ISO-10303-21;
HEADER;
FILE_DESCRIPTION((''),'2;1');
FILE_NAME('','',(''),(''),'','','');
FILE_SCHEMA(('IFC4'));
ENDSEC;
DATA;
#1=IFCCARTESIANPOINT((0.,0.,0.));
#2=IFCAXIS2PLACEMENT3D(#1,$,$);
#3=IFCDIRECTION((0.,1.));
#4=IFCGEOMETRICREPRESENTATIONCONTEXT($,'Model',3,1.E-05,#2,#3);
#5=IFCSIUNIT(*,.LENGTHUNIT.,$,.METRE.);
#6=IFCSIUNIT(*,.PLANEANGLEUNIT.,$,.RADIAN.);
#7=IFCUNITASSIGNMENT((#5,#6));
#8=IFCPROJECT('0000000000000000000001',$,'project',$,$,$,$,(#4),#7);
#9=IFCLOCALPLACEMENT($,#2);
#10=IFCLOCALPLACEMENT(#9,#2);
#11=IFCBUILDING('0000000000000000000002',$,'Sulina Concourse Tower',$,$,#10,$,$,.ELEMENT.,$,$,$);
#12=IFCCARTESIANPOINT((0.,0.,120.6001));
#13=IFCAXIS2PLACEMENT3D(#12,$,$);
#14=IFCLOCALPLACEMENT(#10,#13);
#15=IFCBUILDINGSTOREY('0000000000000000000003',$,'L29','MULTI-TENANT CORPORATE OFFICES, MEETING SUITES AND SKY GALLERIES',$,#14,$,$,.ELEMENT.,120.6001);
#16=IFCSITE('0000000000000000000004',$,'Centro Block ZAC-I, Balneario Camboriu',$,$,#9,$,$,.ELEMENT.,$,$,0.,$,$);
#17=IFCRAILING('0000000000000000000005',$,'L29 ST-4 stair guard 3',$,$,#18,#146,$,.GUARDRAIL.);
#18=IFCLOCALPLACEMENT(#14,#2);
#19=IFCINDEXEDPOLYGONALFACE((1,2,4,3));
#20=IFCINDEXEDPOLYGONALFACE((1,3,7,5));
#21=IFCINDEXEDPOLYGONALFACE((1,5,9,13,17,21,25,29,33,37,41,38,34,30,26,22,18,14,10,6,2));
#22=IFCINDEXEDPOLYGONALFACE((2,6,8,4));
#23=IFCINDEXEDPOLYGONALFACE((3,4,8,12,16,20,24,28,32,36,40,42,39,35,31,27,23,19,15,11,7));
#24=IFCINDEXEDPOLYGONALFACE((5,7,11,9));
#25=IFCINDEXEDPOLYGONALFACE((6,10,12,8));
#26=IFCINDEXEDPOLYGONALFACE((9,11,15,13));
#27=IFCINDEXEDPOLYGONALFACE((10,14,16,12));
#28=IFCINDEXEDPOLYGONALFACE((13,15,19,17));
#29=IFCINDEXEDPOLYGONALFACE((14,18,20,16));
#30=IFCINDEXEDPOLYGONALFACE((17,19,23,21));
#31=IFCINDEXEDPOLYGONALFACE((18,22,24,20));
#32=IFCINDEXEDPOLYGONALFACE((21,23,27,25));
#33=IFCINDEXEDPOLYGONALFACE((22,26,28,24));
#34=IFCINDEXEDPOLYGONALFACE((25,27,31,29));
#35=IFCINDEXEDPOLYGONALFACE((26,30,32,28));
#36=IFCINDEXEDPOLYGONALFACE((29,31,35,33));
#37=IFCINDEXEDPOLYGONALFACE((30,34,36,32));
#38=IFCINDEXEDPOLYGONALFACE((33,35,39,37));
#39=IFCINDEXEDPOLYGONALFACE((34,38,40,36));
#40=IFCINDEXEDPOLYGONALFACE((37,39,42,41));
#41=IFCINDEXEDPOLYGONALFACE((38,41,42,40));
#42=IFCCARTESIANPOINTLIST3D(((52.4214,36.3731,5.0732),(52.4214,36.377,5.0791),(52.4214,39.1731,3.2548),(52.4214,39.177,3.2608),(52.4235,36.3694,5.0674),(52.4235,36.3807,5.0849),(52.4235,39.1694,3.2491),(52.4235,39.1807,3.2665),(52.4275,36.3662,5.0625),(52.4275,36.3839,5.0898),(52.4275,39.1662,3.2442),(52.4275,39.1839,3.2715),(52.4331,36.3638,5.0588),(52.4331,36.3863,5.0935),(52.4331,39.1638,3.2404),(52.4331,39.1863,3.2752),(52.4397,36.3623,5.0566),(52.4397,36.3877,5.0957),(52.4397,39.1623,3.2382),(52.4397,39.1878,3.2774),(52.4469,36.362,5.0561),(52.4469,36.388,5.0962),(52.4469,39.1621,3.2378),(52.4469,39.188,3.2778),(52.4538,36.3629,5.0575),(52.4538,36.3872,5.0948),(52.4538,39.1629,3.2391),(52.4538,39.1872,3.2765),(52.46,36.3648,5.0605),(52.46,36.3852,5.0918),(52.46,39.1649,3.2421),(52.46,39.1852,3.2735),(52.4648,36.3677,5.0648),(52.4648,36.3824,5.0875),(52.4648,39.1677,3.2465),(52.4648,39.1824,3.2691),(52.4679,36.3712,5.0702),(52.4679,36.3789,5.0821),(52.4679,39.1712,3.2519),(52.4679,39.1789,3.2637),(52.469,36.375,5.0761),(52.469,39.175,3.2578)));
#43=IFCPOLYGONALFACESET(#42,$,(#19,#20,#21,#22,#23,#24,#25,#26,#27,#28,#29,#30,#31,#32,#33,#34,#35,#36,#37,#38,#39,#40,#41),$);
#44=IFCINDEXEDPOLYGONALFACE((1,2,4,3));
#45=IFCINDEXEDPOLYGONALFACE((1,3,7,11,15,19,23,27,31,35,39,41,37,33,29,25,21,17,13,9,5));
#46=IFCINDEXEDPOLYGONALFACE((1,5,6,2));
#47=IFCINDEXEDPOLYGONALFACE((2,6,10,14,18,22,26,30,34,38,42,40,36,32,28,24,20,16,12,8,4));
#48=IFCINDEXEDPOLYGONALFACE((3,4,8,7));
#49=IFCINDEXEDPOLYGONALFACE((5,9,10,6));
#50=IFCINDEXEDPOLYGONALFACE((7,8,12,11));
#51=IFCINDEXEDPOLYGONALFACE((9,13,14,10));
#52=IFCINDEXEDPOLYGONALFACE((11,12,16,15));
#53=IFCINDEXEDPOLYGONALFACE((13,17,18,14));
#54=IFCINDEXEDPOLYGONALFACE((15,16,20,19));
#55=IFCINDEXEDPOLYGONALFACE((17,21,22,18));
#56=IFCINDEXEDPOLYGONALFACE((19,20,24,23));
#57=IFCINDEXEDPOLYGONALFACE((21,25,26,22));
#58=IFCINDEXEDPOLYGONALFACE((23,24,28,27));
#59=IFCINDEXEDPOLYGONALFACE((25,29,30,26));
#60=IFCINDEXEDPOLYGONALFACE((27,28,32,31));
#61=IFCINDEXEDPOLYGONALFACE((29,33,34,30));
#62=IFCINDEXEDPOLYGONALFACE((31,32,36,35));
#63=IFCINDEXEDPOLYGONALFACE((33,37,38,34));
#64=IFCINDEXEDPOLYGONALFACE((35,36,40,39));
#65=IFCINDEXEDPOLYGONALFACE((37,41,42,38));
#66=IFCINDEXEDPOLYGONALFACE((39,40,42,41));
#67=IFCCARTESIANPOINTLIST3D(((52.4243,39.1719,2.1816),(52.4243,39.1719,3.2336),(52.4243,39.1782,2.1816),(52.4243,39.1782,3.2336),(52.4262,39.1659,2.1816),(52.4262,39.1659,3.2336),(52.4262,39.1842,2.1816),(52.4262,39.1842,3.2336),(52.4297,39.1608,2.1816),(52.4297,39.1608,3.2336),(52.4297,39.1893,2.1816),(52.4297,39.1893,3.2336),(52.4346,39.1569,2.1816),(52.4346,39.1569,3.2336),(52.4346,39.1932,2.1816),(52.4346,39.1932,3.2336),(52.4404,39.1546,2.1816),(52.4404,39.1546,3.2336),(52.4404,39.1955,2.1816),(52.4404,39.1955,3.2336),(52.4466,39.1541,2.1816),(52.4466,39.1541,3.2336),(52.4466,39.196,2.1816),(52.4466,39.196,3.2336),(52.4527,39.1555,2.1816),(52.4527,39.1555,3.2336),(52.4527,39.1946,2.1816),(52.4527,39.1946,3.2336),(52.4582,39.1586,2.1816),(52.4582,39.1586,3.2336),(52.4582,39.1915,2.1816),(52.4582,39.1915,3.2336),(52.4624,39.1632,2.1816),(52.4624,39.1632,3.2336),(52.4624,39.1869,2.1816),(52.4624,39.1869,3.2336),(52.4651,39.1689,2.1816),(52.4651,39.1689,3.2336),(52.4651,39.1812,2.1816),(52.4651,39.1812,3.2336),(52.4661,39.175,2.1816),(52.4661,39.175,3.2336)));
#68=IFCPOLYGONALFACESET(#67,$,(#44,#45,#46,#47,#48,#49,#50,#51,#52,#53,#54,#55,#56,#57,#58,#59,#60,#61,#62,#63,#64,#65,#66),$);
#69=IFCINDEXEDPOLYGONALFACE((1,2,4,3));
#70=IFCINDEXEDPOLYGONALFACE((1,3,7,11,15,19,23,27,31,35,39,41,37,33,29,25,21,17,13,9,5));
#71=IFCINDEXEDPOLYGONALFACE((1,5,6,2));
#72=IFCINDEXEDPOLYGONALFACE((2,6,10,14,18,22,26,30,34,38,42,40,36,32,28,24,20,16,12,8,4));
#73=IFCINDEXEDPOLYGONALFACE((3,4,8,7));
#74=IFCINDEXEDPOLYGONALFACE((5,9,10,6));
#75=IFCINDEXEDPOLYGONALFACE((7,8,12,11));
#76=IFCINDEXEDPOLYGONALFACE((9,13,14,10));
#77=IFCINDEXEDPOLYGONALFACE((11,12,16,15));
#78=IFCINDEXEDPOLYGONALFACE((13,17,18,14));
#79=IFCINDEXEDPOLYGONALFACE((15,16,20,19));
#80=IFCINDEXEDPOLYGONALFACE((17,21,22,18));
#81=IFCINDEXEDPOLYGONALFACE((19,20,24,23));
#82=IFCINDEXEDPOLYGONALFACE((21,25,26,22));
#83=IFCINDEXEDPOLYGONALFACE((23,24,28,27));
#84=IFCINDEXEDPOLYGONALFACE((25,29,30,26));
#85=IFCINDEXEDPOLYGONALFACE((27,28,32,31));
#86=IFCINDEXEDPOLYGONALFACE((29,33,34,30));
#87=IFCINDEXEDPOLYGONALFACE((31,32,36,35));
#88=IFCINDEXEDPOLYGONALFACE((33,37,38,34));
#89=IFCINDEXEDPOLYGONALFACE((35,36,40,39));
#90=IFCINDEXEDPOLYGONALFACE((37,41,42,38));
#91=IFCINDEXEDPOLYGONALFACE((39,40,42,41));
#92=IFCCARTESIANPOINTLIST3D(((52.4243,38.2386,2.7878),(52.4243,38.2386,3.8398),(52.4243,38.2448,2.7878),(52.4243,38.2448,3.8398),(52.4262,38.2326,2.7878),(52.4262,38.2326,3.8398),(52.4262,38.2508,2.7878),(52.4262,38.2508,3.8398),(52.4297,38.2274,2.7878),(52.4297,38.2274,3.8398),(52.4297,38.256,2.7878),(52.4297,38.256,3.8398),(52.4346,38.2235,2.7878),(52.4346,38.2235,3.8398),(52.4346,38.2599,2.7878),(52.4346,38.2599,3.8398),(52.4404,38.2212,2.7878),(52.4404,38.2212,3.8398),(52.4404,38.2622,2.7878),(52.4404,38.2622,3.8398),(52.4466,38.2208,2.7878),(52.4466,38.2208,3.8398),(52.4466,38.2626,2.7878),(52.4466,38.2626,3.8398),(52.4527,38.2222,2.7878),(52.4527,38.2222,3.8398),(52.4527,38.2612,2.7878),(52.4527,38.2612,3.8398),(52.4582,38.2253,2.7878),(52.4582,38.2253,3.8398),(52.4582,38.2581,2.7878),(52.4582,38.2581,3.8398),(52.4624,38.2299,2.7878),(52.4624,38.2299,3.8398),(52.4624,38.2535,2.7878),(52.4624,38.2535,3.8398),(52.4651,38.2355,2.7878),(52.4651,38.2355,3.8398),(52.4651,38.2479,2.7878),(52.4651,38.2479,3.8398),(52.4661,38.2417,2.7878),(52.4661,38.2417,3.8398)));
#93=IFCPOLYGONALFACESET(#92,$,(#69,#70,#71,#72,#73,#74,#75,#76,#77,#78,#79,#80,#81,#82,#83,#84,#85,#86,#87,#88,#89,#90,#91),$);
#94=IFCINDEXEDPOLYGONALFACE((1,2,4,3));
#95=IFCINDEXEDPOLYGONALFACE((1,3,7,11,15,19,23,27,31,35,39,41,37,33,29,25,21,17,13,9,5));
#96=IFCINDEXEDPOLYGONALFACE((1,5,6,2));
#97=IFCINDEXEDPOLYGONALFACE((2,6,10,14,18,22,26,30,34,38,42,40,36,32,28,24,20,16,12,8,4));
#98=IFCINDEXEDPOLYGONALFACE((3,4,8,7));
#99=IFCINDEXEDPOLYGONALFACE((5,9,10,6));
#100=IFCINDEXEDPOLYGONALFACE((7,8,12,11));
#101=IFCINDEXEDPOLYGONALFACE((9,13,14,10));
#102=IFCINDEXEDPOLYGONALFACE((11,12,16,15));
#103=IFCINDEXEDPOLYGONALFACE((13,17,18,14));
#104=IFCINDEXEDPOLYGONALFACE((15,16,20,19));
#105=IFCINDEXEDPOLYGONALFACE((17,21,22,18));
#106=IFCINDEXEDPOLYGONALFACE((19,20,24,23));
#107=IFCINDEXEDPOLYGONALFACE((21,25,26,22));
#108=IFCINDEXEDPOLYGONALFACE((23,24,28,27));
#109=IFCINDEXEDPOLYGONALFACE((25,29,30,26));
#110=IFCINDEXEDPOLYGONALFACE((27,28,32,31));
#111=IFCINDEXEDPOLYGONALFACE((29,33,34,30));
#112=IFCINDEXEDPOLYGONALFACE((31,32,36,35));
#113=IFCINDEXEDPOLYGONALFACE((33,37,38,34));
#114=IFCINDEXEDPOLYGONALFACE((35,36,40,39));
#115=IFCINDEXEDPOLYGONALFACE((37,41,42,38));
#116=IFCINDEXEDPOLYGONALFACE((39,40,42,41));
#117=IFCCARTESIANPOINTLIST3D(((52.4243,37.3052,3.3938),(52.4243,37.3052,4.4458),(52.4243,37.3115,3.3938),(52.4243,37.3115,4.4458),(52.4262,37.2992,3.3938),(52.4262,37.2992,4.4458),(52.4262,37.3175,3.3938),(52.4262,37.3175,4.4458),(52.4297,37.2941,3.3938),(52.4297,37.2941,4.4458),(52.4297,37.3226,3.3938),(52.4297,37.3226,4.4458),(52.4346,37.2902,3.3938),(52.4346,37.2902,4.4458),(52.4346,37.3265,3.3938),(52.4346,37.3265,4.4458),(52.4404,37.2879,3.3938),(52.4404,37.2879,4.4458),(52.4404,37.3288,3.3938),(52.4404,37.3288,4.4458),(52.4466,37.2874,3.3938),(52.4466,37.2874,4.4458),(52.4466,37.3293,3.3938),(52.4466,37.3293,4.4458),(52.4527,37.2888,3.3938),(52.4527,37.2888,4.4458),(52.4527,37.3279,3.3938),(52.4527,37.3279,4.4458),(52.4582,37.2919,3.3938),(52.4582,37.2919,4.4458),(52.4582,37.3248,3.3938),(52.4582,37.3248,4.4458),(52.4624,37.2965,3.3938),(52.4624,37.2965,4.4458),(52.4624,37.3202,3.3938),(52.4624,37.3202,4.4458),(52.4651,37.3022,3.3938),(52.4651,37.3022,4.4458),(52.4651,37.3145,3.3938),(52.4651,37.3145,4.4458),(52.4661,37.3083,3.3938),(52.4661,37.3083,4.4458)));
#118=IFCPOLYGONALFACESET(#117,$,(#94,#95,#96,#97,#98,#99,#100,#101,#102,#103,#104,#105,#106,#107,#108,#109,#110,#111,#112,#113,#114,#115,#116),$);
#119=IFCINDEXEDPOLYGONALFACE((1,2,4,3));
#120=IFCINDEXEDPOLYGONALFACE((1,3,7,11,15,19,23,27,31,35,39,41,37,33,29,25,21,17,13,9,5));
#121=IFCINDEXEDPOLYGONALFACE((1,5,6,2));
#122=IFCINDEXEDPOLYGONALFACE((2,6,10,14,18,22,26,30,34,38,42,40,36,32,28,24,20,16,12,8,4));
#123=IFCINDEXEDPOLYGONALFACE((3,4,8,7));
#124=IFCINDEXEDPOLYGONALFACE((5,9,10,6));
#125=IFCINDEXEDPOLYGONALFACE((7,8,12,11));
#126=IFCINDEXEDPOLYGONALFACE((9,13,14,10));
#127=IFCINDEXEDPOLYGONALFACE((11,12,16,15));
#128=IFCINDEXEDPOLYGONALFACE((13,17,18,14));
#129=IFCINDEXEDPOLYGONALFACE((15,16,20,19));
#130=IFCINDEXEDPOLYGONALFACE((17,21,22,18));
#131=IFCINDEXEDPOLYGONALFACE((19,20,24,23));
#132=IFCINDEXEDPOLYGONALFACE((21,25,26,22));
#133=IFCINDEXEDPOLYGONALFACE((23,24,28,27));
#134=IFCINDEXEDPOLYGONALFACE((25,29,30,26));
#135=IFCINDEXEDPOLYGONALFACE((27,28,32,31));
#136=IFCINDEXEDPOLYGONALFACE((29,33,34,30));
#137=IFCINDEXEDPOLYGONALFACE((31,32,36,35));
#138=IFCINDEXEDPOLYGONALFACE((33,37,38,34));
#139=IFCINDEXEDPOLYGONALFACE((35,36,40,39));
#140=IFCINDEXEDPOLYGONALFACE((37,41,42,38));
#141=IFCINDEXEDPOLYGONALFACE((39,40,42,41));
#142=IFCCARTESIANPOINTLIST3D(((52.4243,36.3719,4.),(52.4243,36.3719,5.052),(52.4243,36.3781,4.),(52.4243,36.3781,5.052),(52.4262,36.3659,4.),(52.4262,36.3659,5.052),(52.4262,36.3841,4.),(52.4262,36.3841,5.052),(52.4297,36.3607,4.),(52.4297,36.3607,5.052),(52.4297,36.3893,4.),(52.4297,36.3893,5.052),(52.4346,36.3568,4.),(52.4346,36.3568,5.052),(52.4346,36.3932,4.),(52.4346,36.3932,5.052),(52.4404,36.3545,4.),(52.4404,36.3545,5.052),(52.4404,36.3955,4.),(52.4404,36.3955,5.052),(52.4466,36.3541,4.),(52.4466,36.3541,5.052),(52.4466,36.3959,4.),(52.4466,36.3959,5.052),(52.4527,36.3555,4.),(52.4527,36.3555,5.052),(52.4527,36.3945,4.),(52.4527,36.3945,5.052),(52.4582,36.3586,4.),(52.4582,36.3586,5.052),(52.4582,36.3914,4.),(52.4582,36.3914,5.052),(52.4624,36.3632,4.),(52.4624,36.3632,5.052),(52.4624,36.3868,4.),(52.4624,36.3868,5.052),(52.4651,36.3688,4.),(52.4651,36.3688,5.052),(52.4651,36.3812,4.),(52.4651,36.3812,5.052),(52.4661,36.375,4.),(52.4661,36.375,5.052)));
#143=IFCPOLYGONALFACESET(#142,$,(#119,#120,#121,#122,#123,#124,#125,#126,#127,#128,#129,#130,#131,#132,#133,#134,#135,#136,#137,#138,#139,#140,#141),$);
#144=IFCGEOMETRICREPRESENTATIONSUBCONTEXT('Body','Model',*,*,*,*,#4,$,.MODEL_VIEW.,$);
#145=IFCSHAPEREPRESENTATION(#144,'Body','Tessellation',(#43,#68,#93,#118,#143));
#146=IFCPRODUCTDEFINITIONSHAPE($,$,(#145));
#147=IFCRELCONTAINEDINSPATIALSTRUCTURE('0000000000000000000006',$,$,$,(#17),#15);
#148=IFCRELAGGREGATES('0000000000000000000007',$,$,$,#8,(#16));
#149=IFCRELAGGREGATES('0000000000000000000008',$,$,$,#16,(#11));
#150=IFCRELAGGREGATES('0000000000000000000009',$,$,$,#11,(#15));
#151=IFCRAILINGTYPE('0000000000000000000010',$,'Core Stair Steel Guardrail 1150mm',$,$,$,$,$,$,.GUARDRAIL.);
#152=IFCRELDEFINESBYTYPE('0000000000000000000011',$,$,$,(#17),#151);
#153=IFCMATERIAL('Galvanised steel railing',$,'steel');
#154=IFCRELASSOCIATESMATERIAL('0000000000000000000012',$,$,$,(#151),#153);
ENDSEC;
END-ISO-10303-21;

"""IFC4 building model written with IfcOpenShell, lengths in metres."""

from ifc_helpers import new_model, si_unit, direction, frame, origin, origin_2d, place, context, subcontext, project, spatial, circle, extrude, material, type_object, element, save


model = new_model("IFC4")

# Units and contexts
model_context = context("Model", 3, precision=1e-05, world=origin(), true_north=direction((0.0, 1.0)))
body_context = subcontext(model_context, "Body", "Model", "MODEL_VIEW")
ifc_project = project(units=[si_unit("LENGTHUNIT", "METRE"), si_unit("PLANEANGLEUNIT", "RADIAN")], contexts=[model_context])

# Site, building, storey
site_placement = place(None, origin())
site = spatial("IfcSite", under=ifc_project, at=site_placement, Name="Centro Block ZAC-I, Balneario Camboriu", CompositionType="ELEMENT", RefElevation=0.0)
building_placement = place(site_placement, origin())
building = spatial("IfcBuilding", under=site, at=building_placement, Name="Sulina Concourse Tower", CompositionType="ELEMENT")
storey_placement = place(building_placement, frame((0.0, 0.0, 120.6001)))
storey = spatial("IfcBuildingStorey", under=building, at=storey_placement, Name="L29", Description="MULTI-TENANT CORPORATE OFFICES, MEETING SUITES AND SKY GALLERIES", CompositionType="ELEMENT", Elevation=120.6001)

# Railing
ifc_material_1 = material(Name="Galvanised steel railing", Category="steel")
railing_type_1 = type_object("IfcRailingType", Name="Core Stair Steel Guardrail 1150mm", PredefinedType="GUARDRAIL", material=ifc_material_1)
railing_1_placement = place(storey_placement, frame((52.4451, 39.175, 2.1816)))
element("IfcRailing", 1, at=railing_1_placement, inside=storey, type_object=railing_type_1, Name="L29 ST-4 stair guard 3", PredefinedType="GUARDRAIL", context=body_context, shape_type="SweptSolid", body=[
    extrude(circle(Radius=0.0239, at=origin_2d()), frame((0.0, 0.0, 1.0762), z_axis=(0.0, -0.838672, 0.544636), x_axis=(1.0, 0.0, 0.0)), (0.0, 0.0, 1.0), 3.3386),
    extrude(circle(Radius=0.021, at=origin_2d()), origin(), (0.0, 0.0, 1.0), 1.052),
    extrude(circle(Radius=0.021, at=origin_2d()), frame((0.0, -0.9333, 0.6062)), (0.0, 0.0, 1.0), 1.052),
    extrude(circle(Radius=0.021, at=origin_2d()), frame((0.0, -1.8667, 1.2122)), (0.0, 0.0, 1.0), 1.052),
    extrude(circle(Radius=0.021, at=origin_2d()), frame((0.0, -2.8, 1.8184)), (0.0, 0.0, 1.0), 1.052),
])

save(model, "model.ifc")
